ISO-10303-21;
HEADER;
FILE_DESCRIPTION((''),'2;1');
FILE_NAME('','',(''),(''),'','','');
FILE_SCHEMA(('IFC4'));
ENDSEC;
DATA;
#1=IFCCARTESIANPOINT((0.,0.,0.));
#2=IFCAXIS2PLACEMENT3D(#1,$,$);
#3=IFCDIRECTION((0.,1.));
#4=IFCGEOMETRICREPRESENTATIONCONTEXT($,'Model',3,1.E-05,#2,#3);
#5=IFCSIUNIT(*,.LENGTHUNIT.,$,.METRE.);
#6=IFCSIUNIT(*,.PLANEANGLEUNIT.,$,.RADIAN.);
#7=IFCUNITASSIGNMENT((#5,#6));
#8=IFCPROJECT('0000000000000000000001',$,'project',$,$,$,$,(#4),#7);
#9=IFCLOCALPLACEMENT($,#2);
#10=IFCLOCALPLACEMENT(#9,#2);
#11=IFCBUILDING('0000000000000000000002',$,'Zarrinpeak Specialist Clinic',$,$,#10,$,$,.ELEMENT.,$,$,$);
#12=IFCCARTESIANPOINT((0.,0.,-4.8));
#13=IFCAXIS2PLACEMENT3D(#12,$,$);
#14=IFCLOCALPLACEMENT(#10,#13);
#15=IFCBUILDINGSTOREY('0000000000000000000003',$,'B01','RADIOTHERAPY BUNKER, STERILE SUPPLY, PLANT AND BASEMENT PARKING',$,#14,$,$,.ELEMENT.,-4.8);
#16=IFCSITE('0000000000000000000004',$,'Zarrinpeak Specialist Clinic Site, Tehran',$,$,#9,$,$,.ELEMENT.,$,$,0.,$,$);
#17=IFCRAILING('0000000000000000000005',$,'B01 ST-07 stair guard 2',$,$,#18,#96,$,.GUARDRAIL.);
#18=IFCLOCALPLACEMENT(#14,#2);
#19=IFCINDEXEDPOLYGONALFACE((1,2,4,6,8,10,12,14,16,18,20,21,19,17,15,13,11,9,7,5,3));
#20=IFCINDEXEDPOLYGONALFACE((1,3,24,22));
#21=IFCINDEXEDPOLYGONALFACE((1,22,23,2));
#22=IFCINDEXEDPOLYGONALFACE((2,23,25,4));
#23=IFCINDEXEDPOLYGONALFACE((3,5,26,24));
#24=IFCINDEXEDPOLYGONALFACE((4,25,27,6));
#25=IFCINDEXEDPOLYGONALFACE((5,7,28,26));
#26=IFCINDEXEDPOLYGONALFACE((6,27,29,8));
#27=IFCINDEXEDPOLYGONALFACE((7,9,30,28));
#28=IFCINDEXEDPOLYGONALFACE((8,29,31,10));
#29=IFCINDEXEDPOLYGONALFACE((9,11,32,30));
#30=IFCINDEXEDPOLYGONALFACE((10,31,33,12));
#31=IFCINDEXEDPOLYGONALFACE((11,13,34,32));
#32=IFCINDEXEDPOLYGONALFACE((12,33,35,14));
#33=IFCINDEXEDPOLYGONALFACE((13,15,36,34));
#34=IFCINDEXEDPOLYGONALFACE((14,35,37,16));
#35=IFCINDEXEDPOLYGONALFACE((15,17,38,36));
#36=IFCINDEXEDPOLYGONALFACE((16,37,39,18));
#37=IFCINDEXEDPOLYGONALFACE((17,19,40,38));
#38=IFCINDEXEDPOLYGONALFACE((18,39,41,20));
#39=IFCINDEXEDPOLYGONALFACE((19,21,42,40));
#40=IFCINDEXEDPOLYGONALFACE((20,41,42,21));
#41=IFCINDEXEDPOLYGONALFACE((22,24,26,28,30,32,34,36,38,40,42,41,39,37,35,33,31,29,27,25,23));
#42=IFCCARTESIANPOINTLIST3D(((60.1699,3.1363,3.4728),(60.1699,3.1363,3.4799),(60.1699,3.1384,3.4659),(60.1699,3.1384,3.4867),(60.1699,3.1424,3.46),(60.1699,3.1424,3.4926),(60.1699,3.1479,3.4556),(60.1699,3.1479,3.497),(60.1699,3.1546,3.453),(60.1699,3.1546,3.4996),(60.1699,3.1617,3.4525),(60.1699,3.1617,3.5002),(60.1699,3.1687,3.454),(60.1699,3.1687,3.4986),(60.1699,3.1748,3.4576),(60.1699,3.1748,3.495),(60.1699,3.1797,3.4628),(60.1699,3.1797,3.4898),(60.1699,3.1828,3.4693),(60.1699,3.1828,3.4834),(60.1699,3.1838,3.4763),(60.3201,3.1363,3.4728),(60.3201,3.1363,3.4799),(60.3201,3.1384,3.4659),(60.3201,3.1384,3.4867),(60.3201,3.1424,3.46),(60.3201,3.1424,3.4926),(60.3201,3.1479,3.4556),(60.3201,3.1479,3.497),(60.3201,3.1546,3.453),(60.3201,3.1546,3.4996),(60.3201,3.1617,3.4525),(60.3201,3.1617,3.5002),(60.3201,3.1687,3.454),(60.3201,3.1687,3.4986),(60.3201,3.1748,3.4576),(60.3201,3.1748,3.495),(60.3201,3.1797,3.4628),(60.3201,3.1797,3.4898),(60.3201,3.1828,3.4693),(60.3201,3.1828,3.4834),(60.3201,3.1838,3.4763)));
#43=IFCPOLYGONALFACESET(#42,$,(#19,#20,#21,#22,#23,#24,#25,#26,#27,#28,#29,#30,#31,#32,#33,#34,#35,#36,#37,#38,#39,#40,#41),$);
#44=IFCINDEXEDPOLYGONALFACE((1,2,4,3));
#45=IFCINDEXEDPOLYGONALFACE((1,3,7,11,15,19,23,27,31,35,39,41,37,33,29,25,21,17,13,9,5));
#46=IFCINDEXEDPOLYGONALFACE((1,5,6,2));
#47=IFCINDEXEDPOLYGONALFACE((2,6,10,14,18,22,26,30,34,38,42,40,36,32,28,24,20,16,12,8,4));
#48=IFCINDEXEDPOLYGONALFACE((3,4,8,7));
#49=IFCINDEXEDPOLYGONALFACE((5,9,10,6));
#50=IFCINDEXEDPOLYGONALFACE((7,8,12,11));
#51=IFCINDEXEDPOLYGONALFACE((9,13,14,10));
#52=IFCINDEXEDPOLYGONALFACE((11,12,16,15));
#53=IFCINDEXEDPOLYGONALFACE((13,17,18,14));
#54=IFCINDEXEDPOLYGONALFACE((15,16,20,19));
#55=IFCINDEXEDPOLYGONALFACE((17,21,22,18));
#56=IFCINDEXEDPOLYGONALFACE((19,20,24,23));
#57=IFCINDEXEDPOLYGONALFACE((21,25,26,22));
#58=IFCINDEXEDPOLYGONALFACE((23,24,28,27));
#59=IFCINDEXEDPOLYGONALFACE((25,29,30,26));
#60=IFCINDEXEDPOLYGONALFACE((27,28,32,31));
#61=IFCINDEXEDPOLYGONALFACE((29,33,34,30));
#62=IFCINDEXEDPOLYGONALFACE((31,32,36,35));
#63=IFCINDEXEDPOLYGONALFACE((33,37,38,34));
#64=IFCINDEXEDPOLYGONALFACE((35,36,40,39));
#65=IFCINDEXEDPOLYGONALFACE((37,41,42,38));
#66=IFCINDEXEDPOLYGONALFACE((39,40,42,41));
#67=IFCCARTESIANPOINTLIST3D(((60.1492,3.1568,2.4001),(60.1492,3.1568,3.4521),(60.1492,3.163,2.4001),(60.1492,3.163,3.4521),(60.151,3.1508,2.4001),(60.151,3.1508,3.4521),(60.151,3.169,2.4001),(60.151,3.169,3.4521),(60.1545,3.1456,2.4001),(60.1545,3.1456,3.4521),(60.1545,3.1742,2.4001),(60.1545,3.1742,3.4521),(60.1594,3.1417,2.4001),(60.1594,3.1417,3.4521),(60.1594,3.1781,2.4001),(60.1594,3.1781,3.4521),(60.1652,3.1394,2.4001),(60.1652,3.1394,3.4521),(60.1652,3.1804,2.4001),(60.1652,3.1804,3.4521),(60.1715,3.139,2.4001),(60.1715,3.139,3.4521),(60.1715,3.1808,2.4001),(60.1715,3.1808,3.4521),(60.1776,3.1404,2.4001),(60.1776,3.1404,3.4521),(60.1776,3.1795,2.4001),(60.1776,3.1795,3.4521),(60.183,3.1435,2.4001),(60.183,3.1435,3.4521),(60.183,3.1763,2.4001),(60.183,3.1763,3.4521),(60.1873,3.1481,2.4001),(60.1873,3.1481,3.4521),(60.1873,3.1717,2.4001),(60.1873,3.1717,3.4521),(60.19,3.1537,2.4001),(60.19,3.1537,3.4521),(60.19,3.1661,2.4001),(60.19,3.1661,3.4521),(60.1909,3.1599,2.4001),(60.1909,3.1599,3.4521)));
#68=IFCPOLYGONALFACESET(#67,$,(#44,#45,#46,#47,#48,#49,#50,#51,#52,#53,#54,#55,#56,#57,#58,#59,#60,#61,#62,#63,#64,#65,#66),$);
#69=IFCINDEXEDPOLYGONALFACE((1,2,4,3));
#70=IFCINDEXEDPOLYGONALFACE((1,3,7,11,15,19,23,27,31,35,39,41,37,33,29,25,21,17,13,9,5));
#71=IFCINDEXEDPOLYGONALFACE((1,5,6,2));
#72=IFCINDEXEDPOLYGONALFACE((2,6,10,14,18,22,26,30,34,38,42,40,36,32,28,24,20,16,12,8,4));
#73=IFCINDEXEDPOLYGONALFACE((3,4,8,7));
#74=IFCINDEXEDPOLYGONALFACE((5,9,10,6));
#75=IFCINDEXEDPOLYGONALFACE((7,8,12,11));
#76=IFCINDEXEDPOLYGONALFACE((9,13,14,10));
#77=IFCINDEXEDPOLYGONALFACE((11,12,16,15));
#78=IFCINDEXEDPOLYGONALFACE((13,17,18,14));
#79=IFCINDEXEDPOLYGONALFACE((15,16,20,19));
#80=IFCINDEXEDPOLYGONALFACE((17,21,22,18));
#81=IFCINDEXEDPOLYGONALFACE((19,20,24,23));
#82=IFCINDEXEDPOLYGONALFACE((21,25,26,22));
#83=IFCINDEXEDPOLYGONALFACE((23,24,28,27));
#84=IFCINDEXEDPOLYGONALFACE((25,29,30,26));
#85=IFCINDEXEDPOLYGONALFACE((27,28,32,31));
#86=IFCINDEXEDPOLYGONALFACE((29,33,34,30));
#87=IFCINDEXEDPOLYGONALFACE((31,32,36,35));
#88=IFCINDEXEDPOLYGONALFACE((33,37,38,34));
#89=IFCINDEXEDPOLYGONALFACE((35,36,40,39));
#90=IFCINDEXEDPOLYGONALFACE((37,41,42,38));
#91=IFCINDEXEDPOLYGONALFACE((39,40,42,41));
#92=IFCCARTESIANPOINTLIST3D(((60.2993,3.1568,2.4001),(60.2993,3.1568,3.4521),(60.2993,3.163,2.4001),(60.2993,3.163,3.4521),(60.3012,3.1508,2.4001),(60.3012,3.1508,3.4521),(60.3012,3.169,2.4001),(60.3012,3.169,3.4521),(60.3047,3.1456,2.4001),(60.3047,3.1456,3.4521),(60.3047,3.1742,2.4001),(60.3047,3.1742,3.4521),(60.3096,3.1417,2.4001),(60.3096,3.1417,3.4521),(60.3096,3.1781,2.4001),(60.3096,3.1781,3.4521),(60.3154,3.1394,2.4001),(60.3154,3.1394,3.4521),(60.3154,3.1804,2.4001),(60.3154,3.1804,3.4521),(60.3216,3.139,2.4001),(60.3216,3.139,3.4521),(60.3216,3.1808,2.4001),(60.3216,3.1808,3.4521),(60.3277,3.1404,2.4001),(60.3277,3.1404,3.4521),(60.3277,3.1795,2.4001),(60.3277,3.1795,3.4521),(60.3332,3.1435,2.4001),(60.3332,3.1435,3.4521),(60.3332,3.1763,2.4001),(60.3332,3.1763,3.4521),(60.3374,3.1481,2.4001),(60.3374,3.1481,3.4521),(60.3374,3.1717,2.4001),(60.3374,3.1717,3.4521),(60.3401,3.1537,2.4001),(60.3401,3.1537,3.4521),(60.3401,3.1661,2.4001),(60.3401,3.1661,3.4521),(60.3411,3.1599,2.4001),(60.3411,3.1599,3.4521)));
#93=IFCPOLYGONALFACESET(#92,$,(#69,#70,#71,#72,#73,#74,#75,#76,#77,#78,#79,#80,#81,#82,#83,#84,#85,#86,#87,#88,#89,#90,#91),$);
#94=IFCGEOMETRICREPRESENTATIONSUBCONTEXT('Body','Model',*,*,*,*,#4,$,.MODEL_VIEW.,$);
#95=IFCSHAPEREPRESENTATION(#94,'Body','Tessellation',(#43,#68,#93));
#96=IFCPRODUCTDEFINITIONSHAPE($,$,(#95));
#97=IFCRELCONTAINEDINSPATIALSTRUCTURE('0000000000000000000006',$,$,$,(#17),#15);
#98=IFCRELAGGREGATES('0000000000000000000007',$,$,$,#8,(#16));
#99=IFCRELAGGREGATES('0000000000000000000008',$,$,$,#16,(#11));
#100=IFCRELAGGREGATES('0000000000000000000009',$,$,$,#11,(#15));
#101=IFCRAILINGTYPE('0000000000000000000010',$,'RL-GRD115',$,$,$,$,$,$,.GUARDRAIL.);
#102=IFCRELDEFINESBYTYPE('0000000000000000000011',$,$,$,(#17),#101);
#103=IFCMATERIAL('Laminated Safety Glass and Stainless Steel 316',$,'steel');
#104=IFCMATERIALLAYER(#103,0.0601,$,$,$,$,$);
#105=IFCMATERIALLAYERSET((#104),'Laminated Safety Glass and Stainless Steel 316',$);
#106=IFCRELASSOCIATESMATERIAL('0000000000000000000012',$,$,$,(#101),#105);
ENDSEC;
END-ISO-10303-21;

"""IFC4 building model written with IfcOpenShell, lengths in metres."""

from ifc_helpers import new_model, si_unit, direction, frame, origin, origin_2d, place, context, subcontext, project, spatial, circle, extrude, material, layer, layer_set, type_object, element, save


model = new_model("IFC4")

# Units and contexts
model_context = context("Model", 3, precision=1e-05, world=origin(), true_north=direction((0.0, 1.0)))
body_context = subcontext(model_context, "Body", "Model", "MODEL_VIEW")
ifc_project = project(units=[si_unit("LENGTHUNIT", "METRE"), si_unit("PLANEANGLEUNIT", "RADIAN")], contexts=[model_context])

# Site, building, storey
site_placement = place(None, origin())
site = spatial("IfcSite", under=ifc_project, at=site_placement, Name="Zarrinpeak Specialist Clinic Site, Tehran", CompositionType="ELEMENT", RefElevation=0.0)
building_placement = place(site_placement, origin())
building = spatial("IfcBuilding", under=site, at=building_placement, Name="Zarrinpeak Specialist Clinic", CompositionType="ELEMENT")
storey_placement = place(building_placement, frame((0.0, 0.0, -4.8)))
storey = spatial("IfcBuildingStorey", under=building, at=storey_placement, Name="B01", Description="RADIOTHERAPY BUNKER, STERILE SUPPLY, PLANT AND BASEMENT PARKING", CompositionType="ELEMENT", Elevation=-4.8)

# Railing
ifc_material_1 = material(Name="Laminated Safety Glass and Stainless Steel 316", Category="steel")
ifc_layer_1 = layer(ifc_material_1, 0.0601)
ifc_layer_set_1 = layer_set([ifc_layer_1], Name="Laminated Safety Glass and Stainless Steel 316")
railing_type_1 = type_object("IfcRailingType", Name="RL-GRD115", PredefinedType="GUARDRAIL", material=ifc_layer_set_1)
railing_1_placement = place(storey_placement, frame((60.1699, 3.1599, 2.4001)))
element("IfcRailing", 1, at=railing_1_placement, inside=storey, type_object=railing_type_1, Name="B01 ST-07 stair guard 2", PredefinedType="GUARDRAIL", context=body_context, shape_type="SweptSolid", body=[
    extrude(circle(Radius=0.0239, at=origin_2d()), frame((0.0, 0.0, 1.0762), z_axis=(1.0, 0.0, 0.0), x_axis=(0.0, 1.0, 0.0)), (0.0, 0.0, 1.0), 0.1501),
    extrude(circle(Radius=0.021, at=origin_2d()), origin(), (0.0, 0.0, 1.0), 1.052),
    extrude(circle(Radius=0.021, at=origin_2d()), frame((0.1501, 0.0, 0.0)), (0.0, 0.0, 1.0), 1.052),
])

save(model, "model.ifc")
